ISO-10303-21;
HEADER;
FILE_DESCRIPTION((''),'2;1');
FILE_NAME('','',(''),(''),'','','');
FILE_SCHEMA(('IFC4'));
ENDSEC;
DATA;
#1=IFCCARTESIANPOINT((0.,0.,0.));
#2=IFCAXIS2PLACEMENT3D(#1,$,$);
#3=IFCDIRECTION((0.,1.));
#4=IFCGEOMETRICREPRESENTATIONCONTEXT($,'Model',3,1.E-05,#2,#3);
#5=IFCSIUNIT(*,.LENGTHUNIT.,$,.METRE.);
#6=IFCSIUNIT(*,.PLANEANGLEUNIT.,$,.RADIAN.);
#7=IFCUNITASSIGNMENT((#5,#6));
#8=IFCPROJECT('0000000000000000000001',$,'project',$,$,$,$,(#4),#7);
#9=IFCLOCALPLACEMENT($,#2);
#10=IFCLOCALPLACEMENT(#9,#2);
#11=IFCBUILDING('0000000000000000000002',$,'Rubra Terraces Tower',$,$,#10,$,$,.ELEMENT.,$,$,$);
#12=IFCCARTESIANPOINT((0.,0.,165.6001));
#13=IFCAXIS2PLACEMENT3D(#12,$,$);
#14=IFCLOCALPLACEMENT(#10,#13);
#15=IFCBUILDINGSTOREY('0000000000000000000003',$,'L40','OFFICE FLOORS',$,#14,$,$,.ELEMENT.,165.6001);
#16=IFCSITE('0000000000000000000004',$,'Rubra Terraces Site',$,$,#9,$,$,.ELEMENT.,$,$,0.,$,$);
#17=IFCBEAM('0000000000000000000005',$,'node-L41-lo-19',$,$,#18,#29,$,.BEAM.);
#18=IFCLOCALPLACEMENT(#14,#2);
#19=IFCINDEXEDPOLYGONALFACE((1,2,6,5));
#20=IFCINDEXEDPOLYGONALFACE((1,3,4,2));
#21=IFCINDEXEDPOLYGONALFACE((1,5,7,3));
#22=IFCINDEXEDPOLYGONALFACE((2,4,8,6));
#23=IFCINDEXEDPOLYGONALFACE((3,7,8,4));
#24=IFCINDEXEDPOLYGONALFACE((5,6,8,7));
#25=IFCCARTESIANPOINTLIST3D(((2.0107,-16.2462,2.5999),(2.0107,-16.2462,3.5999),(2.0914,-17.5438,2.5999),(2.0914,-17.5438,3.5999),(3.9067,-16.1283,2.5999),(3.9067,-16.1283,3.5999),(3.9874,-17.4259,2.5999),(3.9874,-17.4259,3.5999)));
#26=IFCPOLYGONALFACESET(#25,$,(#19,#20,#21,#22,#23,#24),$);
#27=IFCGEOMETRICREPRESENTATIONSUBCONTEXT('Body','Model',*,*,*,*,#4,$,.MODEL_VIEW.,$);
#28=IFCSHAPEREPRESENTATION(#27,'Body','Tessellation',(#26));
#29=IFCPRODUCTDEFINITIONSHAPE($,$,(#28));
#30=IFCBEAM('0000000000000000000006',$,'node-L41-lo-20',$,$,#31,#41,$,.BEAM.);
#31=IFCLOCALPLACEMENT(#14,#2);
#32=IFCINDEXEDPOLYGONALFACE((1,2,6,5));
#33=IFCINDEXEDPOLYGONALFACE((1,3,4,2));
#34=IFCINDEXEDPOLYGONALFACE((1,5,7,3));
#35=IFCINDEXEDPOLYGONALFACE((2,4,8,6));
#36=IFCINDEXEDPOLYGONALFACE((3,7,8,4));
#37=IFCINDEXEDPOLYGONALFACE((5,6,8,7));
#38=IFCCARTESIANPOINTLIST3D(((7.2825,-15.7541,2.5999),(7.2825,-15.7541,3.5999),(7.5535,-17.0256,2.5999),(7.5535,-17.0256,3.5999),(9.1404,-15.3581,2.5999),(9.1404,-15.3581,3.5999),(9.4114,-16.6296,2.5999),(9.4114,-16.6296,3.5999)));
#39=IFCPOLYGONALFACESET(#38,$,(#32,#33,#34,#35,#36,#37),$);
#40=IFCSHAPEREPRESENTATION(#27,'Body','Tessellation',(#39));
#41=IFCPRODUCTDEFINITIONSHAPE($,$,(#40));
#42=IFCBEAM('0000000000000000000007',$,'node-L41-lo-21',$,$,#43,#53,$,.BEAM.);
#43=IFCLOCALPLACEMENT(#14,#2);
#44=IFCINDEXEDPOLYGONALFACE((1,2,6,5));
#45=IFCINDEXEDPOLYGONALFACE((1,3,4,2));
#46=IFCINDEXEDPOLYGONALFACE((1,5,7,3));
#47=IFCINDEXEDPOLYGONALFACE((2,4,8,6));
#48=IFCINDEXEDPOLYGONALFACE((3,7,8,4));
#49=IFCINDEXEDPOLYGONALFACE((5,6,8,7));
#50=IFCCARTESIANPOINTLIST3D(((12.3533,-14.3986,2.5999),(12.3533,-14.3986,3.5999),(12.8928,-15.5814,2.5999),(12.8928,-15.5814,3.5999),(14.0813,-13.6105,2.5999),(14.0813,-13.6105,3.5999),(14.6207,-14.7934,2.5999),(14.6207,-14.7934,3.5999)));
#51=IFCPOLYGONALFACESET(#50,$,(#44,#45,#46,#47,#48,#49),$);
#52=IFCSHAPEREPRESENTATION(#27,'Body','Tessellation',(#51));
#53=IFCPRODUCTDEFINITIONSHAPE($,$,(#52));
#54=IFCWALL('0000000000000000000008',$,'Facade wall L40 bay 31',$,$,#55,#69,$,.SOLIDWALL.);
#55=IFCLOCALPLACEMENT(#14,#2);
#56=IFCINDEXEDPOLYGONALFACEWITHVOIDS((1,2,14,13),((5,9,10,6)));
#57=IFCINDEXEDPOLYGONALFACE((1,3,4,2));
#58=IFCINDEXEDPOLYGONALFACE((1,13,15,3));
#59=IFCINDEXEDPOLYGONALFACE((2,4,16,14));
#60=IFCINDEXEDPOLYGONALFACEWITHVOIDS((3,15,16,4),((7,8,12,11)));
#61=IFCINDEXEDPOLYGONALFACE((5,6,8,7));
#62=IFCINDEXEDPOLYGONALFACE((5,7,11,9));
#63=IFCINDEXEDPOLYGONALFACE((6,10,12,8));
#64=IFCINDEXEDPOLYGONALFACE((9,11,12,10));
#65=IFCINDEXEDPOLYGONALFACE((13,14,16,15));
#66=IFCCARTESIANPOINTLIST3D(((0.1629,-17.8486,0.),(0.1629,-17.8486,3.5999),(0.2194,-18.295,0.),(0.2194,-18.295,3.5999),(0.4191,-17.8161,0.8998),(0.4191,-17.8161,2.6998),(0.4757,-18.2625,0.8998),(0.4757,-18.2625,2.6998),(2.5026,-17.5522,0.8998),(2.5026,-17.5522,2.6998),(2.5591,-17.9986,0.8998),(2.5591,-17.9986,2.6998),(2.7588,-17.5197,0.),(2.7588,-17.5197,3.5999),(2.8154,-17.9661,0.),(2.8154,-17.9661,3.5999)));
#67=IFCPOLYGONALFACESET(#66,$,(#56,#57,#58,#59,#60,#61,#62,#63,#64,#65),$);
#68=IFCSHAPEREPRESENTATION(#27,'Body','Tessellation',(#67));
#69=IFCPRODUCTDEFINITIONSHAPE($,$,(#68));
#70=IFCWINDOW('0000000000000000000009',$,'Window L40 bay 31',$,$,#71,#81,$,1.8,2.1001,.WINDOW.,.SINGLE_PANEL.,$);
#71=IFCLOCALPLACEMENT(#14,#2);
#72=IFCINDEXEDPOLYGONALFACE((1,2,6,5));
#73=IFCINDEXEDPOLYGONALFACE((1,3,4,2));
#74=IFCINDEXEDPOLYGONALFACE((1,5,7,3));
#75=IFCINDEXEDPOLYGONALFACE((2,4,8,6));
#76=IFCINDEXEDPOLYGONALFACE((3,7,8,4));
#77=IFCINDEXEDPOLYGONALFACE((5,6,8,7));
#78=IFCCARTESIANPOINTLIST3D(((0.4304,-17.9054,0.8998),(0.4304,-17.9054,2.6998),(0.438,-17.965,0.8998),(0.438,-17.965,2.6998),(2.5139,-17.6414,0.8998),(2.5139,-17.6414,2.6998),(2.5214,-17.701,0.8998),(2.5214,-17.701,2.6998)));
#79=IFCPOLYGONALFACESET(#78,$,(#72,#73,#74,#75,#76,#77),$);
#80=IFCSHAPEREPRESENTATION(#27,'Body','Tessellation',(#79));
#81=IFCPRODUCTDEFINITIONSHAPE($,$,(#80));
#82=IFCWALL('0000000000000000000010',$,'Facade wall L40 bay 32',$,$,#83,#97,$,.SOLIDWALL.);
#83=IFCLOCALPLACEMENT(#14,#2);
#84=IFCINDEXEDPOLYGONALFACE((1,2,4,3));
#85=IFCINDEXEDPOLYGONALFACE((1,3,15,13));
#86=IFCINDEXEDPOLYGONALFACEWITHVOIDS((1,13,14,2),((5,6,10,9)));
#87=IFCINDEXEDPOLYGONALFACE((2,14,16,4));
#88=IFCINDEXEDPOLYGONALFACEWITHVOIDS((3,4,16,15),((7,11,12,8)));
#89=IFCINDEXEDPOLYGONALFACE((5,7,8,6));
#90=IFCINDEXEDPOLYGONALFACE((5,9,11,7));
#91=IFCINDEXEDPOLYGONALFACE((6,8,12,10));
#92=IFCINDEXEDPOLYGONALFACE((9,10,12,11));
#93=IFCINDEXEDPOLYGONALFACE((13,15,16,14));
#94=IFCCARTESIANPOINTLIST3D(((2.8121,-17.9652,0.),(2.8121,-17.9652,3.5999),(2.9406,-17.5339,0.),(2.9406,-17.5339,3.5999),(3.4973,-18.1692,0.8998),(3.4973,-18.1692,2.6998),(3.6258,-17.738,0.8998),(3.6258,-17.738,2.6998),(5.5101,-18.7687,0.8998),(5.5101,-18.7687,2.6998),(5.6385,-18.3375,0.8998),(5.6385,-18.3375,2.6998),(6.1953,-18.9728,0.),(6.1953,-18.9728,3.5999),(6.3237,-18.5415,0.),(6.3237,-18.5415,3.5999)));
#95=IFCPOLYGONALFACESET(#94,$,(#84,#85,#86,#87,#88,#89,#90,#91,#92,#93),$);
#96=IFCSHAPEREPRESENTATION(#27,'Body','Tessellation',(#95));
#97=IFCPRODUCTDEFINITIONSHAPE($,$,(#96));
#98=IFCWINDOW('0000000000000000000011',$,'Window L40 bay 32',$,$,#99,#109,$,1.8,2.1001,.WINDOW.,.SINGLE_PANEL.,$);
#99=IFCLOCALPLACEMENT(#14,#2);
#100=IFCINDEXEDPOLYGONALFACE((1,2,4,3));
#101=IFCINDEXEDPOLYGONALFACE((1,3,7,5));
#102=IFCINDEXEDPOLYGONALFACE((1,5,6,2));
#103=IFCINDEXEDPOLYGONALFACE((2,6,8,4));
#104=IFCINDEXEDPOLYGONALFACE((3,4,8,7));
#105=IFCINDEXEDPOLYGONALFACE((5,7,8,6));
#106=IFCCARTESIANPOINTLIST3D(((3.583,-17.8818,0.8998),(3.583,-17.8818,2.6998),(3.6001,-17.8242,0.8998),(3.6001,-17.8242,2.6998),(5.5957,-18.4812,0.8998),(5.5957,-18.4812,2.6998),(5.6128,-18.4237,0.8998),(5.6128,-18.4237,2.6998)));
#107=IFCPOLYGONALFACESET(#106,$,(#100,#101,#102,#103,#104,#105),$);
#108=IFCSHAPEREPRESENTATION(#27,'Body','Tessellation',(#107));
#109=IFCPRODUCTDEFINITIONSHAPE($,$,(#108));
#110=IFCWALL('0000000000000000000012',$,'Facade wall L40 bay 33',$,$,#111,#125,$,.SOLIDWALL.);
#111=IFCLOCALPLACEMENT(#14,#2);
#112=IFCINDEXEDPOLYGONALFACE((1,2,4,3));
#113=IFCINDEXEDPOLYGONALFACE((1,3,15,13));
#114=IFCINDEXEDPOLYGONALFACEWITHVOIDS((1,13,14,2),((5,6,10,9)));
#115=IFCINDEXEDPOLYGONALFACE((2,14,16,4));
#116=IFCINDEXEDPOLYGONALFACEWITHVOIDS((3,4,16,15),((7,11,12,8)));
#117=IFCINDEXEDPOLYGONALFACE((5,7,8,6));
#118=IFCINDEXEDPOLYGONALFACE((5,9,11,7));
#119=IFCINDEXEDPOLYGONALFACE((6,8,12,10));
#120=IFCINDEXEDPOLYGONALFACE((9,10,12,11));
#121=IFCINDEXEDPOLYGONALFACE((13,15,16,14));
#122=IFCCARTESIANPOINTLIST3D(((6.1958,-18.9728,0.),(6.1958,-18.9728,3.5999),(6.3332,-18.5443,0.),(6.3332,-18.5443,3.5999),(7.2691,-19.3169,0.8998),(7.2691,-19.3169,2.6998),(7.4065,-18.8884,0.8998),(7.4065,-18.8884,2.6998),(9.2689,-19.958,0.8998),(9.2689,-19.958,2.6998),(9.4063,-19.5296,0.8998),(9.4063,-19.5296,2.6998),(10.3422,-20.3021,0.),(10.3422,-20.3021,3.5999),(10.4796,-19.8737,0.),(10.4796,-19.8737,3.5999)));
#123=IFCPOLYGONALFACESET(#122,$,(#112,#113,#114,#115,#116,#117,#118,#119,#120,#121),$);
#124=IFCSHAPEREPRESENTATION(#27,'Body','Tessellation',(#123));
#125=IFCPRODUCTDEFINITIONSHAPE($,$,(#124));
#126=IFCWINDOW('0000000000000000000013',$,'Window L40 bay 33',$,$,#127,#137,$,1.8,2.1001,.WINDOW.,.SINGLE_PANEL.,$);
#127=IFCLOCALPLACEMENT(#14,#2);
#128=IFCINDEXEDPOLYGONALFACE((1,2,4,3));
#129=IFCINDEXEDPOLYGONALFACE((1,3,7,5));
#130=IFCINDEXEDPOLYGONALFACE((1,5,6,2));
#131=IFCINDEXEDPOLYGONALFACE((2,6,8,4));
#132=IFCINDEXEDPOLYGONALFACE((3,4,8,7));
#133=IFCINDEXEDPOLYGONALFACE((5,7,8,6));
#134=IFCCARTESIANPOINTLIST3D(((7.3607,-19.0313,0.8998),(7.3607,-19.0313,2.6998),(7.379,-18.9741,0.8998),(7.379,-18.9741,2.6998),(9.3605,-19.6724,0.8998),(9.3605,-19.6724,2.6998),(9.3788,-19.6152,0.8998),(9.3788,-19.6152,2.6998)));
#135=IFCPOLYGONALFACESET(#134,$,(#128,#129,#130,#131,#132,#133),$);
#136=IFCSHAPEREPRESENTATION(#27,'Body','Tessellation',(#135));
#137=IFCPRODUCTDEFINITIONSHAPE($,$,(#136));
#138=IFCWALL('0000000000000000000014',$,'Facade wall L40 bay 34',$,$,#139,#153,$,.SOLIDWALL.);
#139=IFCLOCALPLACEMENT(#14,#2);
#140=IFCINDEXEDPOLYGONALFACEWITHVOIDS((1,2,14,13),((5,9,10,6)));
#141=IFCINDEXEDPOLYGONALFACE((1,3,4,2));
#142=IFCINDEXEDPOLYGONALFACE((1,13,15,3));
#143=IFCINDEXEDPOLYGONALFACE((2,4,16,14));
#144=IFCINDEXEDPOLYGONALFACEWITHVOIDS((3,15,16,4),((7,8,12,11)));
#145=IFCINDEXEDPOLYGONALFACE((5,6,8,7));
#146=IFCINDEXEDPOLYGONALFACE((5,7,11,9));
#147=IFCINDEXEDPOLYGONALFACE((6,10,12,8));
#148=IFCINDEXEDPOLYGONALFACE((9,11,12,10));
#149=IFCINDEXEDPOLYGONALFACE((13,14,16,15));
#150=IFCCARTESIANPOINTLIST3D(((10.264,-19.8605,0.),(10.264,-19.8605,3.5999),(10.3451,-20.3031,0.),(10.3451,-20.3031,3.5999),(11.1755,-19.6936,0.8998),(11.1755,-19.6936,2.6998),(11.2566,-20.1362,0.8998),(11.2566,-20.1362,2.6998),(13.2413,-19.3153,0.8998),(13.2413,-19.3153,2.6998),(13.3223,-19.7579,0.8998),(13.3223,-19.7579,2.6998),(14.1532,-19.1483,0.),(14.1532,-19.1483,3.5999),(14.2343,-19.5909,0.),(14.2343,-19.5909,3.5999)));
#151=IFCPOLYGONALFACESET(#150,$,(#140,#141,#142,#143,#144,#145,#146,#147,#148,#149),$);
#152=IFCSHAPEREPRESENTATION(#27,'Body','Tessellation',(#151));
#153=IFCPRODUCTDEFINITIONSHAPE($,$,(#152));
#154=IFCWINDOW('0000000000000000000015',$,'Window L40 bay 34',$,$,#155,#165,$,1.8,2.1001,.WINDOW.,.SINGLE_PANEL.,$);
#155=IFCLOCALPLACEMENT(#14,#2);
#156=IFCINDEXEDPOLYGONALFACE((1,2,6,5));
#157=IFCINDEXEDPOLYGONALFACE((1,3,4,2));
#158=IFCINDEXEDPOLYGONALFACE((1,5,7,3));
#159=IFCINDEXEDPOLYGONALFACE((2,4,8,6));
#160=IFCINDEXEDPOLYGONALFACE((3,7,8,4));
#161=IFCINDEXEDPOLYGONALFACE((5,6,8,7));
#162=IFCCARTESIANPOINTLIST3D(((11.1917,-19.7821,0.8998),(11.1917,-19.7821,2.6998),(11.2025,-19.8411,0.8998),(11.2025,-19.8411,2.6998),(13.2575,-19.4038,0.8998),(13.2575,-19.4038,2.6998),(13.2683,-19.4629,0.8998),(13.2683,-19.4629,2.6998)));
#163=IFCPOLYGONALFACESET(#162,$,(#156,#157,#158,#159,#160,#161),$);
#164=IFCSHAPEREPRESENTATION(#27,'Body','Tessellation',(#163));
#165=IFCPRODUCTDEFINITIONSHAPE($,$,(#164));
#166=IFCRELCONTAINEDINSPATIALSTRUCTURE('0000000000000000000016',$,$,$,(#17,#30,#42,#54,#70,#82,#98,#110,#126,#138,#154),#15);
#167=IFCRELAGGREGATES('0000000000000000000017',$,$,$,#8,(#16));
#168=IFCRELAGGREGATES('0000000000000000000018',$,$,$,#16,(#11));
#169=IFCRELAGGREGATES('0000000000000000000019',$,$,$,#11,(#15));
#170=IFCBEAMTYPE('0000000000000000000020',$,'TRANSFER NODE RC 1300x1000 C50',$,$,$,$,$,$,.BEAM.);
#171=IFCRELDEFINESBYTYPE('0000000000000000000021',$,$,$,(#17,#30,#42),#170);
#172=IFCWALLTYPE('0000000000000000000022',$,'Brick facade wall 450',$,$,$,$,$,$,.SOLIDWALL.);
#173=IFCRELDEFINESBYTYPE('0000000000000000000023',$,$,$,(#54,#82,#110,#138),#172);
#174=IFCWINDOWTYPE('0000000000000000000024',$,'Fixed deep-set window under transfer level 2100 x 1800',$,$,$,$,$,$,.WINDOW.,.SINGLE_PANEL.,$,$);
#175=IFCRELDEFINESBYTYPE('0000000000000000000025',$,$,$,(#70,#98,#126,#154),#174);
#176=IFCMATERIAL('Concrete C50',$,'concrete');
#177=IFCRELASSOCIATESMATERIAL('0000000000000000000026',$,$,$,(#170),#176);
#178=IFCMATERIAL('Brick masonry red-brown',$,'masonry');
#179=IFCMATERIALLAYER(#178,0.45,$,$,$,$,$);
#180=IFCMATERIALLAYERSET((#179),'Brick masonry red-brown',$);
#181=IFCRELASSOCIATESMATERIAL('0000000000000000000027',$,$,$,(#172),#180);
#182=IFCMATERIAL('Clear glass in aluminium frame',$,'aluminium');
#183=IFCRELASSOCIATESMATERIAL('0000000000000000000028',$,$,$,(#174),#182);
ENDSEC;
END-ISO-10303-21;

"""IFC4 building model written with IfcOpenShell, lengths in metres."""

from ifc_helpers import new_model, si_unit, direction, frame, frame_2d, origin, origin_2d, place, context, subcontext, project, spatial, rectangle, extrude, material, layer, layer_set, material_profile, profile_set, type_object, element, fill, save


model = new_model("IFC4")

# Units and contexts
model_context = context("Model", 3, precision=1e-05, world=origin(), true_north=direction((0.0, 1.0)))
body_context = subcontext(model_context, "Body", "Model", "MODEL_VIEW")
ifc_project = project(units=[si_unit("LENGTHUNIT", "METRE"), si_unit("PLANEANGLEUNIT", "RADIAN")], contexts=[model_context])

# Site, building, storey
site_placement = place(None, origin())
site = spatial("IfcSite", under=ifc_project, at=site_placement, Name="Rubra Terraces Site", CompositionType="ELEMENT", RefElevation=0.0)
building_placement = place(site_placement, origin())
building = spatial("IfcBuilding", under=site, at=building_placement, Name="Rubra Terraces Tower", CompositionType="ELEMENT")
storey_placement = place(building_placement, frame((0.0, 0.0, 165.6001)))
storey = spatial("IfcBuildingStorey", under=building, at=storey_placement, Name="L40", Description="OFFICE FLOORS", CompositionType="ELEMENT", Elevation=165.6001)

# Shared definitions
ifc_material_1 = material(Name="Concrete C50", Category="concrete")

# Beams
ifc_material_profile_1 = material_profile(ifc_material_1, rectangle(XDim=1.3, YDim=1.0, at=origin_2d()), Name="RC 1300x1000")
ifc_profile_set_1 = profile_set([ifc_material_profile_1], Name="Concrete C50")
beam_type_1 = type_object("IfcBeamType", Name="TRANSFER NODE RC 1300x1000 C50", PredefinedType="BEAM", material=ifc_profile_set_1)
for number, where, z_axis, x_axis, name in (
    (1, (2.051, -16.895, 3.0999), (0.998072, 0.062074, 0.0), (-0.062074, 0.998072, 0.0), "node-L41-lo-19"),
    (2, (7.418, -16.3899, 3.0999), (0.978031, 0.208458, 0.0), (-0.208458, 0.978031, 0.0), "node-L41-lo-20"),
):
    element("IfcBeam", number, at=place(storey_placement, frame(where, z_axis=z_axis, x_axis=x_axis)), inside=storey, type_object=beam_type_1, Name=name, PredefinedType="BEAM", context=body_context, shape_type="SweptSolid", body=[
        extrude(rectangle(XDim=1.3, YDim=1.0, at=origin_2d()), origin(), (0.0, 0.0, 1.0), 1.8997),
    ])
beam_1_placement = place(storey_placement, frame((12.623, -14.99, 3.0999), z_axis=(0.909846, 0.414945, 0.0), x_axis=(-0.414945, 0.909846, 0.0)))
element("IfcBeam", 3, at=beam_1_placement, inside=storey, type_object=beam_type_1, Name="node-L41-lo-21", PredefinedType="BEAM", context=body_context, shape_type="SweptSolid", body=[
    extrude(rectangle(XDim=1.3, YDim=1.0, at=origin_2d()), origin(), (0.0, 0.0, 1.0), 1.8992),
])

# Walls, openings, windows
ifc_material_2 = material(Name="Brick masonry red-brown", Category="masonry")
ifc_layer_1 = layer(ifc_material_2, 0.45)
ifc_layer_set_1 = layer_set([ifc_layer_1], Name="Brick masonry red-brown")
wall_type_1 = type_object("IfcWallType", Name="Brick facade wall 450", PredefinedType="SOLIDWALL", material=ifc_layer_set_1)
wall_1_placement = place(storey_placement, frame((0.1912, -18.0718, 0.0), z_axis=(0.0, 0.0, 1.0), x_axis=(0.992071, 0.125677, 0.0)))
wall_1 = element("IfcWall", 4, at=wall_1_placement, inside=storey, type_object=wall_type_1, Name="Facade wall L40 bay 31", PredefinedType="SOLIDWALL", context=body_context, shape_type="SweptSolid", body=[
    extrude(rectangle(XDim=2.6167, YDim=0.45, at=frame_2d((1.3083, 0.0))), origin(), (0.0, 0.0, 1.0), 3.5999),
])
opening_1_placement = place(wall_1_placement, frame((0.2583, 0.0, 0.8999)))
opening_1 = element("IfcOpeningElement", 5, at=opening_1_placement, cuts=wall_1, PredefinedType="OPENING", context=body_context, shape_type="SweptSolid", body=[
    extrude(rectangle(XDim=2.1001, YDim=1.8, at=frame_2d((1.05, 0.8999))), frame((0.0, 0.2349, 0.0), z_axis=(0.0, -1.0, 0.0), x_axis=(1.0, 0.0, 0.0)), (0.0, 0.0, 1.0), 0.47),
])
ifc_material_3 = material(Name="Clear glass in aluminium frame", Category="aluminium")
window_type = type_object("IfcWindowType", Name="Fixed deep-set window under transfer level 2100 x 1800", PartitioningType="SINGLE_PANEL", PredefinedType="WINDOW", material=ifc_material_3)
window_1_placement = place(opening_1_placement, origin())
window_1 = element("IfcWindow", 6, at=window_1_placement, inside=storey, type_object=window_type, Name="Window L40 bay 31", OverallHeight=1.8, OverallWidth=2.1001, PartitioningType="SINGLE_PANEL", PredefinedType="WINDOW", context=body_context, shape_type="SweptSolid", body=[
    extrude(rectangle(XDim=2.1001, YDim=1.8, at=frame_2d((1.05, 0.8999))), frame((0.0, 0.135, 0.0), z_axis=(0.0, -1.0, 0.0), x_axis=(1.0, 0.0, 0.0)), (0.0, 0.0, 1.0), 0.0601),
])
fill(opening_1, window_1)
wall_2_placement = place(storey_placement, frame((2.8762, -17.7495, 0.0), z_axis=(0.0, 0.0, 1.0), x_axis=(0.958397, -0.285437, 0.0)))
wall_2 = element("IfcWall", 7, at=wall_2_placement, inside=storey, type_object=wall_type_1, Name="Facade wall L40 bay 32", PredefinedType="SOLIDWALL", context=body_context, shape_type="SweptSolid", body=[
    extrude(rectangle(XDim=3.53, YDim=0.45, at=frame_2d((1.7651, 0.0))), origin(), (0.0, 0.0, 1.0), 3.5999),
])
opening_2_placement = place(wall_2_placement, frame((0.7151, 0.0, 0.8999)))
opening_2 = element("IfcOpeningElement", 8, at=opening_2_placement, cuts=wall_2, PredefinedType="OPENING", context=body_context, shape_type="SweptSolid", body=[
    extrude(rectangle(XDim=2.1001, YDim=1.8, at=frame_2d((1.05, 0.8999))), frame((0.0, 0.2349, 0.0), z_axis=(0.0, -1.0, 0.0), x_axis=(1.0, 0.0, 0.0)), (0.0, 0.0, 1.0), 0.47),
])
window_2_placement = place(opening_2_placement, origin())
window_2 = element("IfcWindow", 9, at=window_2_placement, inside=storey, type_object=window_type, Name="Window L40 bay 32", OverallHeight=1.8, OverallWidth=2.1001, PartitioningType="SINGLE_PANEL", PredefinedType="WINDOW", context=body_context, shape_type="SweptSolid", body=[
    extrude(rectangle(XDim=2.1001, YDim=1.8, at=frame_2d((1.05, 0.8999))), frame((0.0, 0.135, 0.0), z_axis=(0.0, -1.0, 0.0), x_axis=(1.0, 0.0, 0.0)), (0.0, 0.0, 1.0), 0.0601),
])
fill(opening_2, window_2)
wall_3_placement = place(storey_placement, frame((6.2644, -18.7585, 0.0), z_axis=(0.0, 0.0, 1.0), x_axis=(0.952259, -0.30529, 0.0)))
wall_3 = element("IfcWall", 10, at=wall_3_placement, inside=storey, type_object=wall_type_1, Name="Facade wall L40 bay 33", PredefinedType="SOLIDWALL", context=body_context, shape_type="SweptSolid", body=[
    extrude(rectangle(XDim=4.3542, YDim=0.45, at=frame_2d((2.1772, 0.0))), origin(), (0.0, 0.0, 1.0), 3.5999),
])
opening_3_placement = place(wall_3_placement, frame((1.1272, 0.0, 0.8999)))
opening_3 = element("IfcOpeningElement", 11, at=opening_3_placement, cuts=wall_3, PredefinedType="OPENING", context=body_context, shape_type="SweptSolid", body=[
    extrude(rectangle(XDim=2.1001, YDim=1.8, at=frame_2d((1.05, 0.8999))), frame((0.0, 0.2349, 0.0), z_axis=(0.0, -1.0, 0.0), x_axis=(1.0, 0.0, 0.0)), (0.0, 0.0, 1.0), 0.47),
])
window_3_placement = place(opening_3_placement, origin())
window_3 = element("IfcWindow", 12, at=window_3_placement, inside=storey, type_object=window_type, Name="Window L40 bay 33", OverallHeight=1.8, OverallWidth=2.1001, PartitioningType="SINGLE_PANEL", PredefinedType="WINDOW", context=body_context, shape_type="SweptSolid", body=[
    extrude(rectangle(XDim=2.1001, YDim=1.8, at=frame_2d((1.05, 0.8999))), frame((0.0, 0.135, 0.0), z_axis=(0.0, -1.0, 0.0), x_axis=(1.0, 0.0, 0.0)), (0.0, 0.0, 1.0), 0.0601),
])
fill(opening_3, window_3)
wall_4_placement = place(storey_placement, frame((10.3044, -20.0818, 0.0), z_axis=(0.0, 0.0, 1.0), x_axis=(0.983645, 0.180119, 0.0)))
wall_4 = element("IfcWall", 13, at=wall_4_placement, inside=storey, type_object=wall_type_1, Name="Facade wall L40 bay 34", PredefinedType="SOLIDWALL", context=body_context, shape_type="SweptSolid", body=[
    extrude(rectangle(XDim=3.9539, YDim=0.45, at=frame_2d((1.9771, 0.0))), origin(), (0.0, 0.0, 1.0), 3.5999),
])
opening_4_placement = place(wall_4_placement, frame((0.9268, 0.0, 0.8999)))
opening_4 = element("IfcOpeningElement", 14, at=opening_4_placement, cuts=wall_4, PredefinedType="OPENING", context=body_context, shape_type="SweptSolid", body=[
    extrude(rectangle(XDim=2.1001, YDim=1.8, at=frame_2d((1.05, 0.8999))), frame((0.0, 0.2349, 0.0), z_axis=(0.0, -1.0, 0.0), x_axis=(1.0, 0.0, 0.0)), (0.0, 0.0, 1.0), 0.47),
])
window_4_placement = place(opening_4_placement, origin())
window_4 = element("IfcWindow", 15, at=window_4_placement, inside=storey, type_object=window_type, Name="Window L40 bay 34", OverallHeight=1.8, OverallWidth=2.1001, PartitioningType="SINGLE_PANEL", PredefinedType="WINDOW", context=body_context, shape_type="SweptSolid", body=[
    extrude(rectangle(XDim=2.1001, YDim=1.8, at=frame_2d((1.05, 0.8999))), frame((0.0, 0.135, 0.0), z_axis=(0.0, -1.0, 0.0), x_axis=(1.0, 0.0, 0.0)), (0.0, 0.0, 1.0), 0.0601),
])
fill(opening_4, window_4)

save(model, "model.ifc")
